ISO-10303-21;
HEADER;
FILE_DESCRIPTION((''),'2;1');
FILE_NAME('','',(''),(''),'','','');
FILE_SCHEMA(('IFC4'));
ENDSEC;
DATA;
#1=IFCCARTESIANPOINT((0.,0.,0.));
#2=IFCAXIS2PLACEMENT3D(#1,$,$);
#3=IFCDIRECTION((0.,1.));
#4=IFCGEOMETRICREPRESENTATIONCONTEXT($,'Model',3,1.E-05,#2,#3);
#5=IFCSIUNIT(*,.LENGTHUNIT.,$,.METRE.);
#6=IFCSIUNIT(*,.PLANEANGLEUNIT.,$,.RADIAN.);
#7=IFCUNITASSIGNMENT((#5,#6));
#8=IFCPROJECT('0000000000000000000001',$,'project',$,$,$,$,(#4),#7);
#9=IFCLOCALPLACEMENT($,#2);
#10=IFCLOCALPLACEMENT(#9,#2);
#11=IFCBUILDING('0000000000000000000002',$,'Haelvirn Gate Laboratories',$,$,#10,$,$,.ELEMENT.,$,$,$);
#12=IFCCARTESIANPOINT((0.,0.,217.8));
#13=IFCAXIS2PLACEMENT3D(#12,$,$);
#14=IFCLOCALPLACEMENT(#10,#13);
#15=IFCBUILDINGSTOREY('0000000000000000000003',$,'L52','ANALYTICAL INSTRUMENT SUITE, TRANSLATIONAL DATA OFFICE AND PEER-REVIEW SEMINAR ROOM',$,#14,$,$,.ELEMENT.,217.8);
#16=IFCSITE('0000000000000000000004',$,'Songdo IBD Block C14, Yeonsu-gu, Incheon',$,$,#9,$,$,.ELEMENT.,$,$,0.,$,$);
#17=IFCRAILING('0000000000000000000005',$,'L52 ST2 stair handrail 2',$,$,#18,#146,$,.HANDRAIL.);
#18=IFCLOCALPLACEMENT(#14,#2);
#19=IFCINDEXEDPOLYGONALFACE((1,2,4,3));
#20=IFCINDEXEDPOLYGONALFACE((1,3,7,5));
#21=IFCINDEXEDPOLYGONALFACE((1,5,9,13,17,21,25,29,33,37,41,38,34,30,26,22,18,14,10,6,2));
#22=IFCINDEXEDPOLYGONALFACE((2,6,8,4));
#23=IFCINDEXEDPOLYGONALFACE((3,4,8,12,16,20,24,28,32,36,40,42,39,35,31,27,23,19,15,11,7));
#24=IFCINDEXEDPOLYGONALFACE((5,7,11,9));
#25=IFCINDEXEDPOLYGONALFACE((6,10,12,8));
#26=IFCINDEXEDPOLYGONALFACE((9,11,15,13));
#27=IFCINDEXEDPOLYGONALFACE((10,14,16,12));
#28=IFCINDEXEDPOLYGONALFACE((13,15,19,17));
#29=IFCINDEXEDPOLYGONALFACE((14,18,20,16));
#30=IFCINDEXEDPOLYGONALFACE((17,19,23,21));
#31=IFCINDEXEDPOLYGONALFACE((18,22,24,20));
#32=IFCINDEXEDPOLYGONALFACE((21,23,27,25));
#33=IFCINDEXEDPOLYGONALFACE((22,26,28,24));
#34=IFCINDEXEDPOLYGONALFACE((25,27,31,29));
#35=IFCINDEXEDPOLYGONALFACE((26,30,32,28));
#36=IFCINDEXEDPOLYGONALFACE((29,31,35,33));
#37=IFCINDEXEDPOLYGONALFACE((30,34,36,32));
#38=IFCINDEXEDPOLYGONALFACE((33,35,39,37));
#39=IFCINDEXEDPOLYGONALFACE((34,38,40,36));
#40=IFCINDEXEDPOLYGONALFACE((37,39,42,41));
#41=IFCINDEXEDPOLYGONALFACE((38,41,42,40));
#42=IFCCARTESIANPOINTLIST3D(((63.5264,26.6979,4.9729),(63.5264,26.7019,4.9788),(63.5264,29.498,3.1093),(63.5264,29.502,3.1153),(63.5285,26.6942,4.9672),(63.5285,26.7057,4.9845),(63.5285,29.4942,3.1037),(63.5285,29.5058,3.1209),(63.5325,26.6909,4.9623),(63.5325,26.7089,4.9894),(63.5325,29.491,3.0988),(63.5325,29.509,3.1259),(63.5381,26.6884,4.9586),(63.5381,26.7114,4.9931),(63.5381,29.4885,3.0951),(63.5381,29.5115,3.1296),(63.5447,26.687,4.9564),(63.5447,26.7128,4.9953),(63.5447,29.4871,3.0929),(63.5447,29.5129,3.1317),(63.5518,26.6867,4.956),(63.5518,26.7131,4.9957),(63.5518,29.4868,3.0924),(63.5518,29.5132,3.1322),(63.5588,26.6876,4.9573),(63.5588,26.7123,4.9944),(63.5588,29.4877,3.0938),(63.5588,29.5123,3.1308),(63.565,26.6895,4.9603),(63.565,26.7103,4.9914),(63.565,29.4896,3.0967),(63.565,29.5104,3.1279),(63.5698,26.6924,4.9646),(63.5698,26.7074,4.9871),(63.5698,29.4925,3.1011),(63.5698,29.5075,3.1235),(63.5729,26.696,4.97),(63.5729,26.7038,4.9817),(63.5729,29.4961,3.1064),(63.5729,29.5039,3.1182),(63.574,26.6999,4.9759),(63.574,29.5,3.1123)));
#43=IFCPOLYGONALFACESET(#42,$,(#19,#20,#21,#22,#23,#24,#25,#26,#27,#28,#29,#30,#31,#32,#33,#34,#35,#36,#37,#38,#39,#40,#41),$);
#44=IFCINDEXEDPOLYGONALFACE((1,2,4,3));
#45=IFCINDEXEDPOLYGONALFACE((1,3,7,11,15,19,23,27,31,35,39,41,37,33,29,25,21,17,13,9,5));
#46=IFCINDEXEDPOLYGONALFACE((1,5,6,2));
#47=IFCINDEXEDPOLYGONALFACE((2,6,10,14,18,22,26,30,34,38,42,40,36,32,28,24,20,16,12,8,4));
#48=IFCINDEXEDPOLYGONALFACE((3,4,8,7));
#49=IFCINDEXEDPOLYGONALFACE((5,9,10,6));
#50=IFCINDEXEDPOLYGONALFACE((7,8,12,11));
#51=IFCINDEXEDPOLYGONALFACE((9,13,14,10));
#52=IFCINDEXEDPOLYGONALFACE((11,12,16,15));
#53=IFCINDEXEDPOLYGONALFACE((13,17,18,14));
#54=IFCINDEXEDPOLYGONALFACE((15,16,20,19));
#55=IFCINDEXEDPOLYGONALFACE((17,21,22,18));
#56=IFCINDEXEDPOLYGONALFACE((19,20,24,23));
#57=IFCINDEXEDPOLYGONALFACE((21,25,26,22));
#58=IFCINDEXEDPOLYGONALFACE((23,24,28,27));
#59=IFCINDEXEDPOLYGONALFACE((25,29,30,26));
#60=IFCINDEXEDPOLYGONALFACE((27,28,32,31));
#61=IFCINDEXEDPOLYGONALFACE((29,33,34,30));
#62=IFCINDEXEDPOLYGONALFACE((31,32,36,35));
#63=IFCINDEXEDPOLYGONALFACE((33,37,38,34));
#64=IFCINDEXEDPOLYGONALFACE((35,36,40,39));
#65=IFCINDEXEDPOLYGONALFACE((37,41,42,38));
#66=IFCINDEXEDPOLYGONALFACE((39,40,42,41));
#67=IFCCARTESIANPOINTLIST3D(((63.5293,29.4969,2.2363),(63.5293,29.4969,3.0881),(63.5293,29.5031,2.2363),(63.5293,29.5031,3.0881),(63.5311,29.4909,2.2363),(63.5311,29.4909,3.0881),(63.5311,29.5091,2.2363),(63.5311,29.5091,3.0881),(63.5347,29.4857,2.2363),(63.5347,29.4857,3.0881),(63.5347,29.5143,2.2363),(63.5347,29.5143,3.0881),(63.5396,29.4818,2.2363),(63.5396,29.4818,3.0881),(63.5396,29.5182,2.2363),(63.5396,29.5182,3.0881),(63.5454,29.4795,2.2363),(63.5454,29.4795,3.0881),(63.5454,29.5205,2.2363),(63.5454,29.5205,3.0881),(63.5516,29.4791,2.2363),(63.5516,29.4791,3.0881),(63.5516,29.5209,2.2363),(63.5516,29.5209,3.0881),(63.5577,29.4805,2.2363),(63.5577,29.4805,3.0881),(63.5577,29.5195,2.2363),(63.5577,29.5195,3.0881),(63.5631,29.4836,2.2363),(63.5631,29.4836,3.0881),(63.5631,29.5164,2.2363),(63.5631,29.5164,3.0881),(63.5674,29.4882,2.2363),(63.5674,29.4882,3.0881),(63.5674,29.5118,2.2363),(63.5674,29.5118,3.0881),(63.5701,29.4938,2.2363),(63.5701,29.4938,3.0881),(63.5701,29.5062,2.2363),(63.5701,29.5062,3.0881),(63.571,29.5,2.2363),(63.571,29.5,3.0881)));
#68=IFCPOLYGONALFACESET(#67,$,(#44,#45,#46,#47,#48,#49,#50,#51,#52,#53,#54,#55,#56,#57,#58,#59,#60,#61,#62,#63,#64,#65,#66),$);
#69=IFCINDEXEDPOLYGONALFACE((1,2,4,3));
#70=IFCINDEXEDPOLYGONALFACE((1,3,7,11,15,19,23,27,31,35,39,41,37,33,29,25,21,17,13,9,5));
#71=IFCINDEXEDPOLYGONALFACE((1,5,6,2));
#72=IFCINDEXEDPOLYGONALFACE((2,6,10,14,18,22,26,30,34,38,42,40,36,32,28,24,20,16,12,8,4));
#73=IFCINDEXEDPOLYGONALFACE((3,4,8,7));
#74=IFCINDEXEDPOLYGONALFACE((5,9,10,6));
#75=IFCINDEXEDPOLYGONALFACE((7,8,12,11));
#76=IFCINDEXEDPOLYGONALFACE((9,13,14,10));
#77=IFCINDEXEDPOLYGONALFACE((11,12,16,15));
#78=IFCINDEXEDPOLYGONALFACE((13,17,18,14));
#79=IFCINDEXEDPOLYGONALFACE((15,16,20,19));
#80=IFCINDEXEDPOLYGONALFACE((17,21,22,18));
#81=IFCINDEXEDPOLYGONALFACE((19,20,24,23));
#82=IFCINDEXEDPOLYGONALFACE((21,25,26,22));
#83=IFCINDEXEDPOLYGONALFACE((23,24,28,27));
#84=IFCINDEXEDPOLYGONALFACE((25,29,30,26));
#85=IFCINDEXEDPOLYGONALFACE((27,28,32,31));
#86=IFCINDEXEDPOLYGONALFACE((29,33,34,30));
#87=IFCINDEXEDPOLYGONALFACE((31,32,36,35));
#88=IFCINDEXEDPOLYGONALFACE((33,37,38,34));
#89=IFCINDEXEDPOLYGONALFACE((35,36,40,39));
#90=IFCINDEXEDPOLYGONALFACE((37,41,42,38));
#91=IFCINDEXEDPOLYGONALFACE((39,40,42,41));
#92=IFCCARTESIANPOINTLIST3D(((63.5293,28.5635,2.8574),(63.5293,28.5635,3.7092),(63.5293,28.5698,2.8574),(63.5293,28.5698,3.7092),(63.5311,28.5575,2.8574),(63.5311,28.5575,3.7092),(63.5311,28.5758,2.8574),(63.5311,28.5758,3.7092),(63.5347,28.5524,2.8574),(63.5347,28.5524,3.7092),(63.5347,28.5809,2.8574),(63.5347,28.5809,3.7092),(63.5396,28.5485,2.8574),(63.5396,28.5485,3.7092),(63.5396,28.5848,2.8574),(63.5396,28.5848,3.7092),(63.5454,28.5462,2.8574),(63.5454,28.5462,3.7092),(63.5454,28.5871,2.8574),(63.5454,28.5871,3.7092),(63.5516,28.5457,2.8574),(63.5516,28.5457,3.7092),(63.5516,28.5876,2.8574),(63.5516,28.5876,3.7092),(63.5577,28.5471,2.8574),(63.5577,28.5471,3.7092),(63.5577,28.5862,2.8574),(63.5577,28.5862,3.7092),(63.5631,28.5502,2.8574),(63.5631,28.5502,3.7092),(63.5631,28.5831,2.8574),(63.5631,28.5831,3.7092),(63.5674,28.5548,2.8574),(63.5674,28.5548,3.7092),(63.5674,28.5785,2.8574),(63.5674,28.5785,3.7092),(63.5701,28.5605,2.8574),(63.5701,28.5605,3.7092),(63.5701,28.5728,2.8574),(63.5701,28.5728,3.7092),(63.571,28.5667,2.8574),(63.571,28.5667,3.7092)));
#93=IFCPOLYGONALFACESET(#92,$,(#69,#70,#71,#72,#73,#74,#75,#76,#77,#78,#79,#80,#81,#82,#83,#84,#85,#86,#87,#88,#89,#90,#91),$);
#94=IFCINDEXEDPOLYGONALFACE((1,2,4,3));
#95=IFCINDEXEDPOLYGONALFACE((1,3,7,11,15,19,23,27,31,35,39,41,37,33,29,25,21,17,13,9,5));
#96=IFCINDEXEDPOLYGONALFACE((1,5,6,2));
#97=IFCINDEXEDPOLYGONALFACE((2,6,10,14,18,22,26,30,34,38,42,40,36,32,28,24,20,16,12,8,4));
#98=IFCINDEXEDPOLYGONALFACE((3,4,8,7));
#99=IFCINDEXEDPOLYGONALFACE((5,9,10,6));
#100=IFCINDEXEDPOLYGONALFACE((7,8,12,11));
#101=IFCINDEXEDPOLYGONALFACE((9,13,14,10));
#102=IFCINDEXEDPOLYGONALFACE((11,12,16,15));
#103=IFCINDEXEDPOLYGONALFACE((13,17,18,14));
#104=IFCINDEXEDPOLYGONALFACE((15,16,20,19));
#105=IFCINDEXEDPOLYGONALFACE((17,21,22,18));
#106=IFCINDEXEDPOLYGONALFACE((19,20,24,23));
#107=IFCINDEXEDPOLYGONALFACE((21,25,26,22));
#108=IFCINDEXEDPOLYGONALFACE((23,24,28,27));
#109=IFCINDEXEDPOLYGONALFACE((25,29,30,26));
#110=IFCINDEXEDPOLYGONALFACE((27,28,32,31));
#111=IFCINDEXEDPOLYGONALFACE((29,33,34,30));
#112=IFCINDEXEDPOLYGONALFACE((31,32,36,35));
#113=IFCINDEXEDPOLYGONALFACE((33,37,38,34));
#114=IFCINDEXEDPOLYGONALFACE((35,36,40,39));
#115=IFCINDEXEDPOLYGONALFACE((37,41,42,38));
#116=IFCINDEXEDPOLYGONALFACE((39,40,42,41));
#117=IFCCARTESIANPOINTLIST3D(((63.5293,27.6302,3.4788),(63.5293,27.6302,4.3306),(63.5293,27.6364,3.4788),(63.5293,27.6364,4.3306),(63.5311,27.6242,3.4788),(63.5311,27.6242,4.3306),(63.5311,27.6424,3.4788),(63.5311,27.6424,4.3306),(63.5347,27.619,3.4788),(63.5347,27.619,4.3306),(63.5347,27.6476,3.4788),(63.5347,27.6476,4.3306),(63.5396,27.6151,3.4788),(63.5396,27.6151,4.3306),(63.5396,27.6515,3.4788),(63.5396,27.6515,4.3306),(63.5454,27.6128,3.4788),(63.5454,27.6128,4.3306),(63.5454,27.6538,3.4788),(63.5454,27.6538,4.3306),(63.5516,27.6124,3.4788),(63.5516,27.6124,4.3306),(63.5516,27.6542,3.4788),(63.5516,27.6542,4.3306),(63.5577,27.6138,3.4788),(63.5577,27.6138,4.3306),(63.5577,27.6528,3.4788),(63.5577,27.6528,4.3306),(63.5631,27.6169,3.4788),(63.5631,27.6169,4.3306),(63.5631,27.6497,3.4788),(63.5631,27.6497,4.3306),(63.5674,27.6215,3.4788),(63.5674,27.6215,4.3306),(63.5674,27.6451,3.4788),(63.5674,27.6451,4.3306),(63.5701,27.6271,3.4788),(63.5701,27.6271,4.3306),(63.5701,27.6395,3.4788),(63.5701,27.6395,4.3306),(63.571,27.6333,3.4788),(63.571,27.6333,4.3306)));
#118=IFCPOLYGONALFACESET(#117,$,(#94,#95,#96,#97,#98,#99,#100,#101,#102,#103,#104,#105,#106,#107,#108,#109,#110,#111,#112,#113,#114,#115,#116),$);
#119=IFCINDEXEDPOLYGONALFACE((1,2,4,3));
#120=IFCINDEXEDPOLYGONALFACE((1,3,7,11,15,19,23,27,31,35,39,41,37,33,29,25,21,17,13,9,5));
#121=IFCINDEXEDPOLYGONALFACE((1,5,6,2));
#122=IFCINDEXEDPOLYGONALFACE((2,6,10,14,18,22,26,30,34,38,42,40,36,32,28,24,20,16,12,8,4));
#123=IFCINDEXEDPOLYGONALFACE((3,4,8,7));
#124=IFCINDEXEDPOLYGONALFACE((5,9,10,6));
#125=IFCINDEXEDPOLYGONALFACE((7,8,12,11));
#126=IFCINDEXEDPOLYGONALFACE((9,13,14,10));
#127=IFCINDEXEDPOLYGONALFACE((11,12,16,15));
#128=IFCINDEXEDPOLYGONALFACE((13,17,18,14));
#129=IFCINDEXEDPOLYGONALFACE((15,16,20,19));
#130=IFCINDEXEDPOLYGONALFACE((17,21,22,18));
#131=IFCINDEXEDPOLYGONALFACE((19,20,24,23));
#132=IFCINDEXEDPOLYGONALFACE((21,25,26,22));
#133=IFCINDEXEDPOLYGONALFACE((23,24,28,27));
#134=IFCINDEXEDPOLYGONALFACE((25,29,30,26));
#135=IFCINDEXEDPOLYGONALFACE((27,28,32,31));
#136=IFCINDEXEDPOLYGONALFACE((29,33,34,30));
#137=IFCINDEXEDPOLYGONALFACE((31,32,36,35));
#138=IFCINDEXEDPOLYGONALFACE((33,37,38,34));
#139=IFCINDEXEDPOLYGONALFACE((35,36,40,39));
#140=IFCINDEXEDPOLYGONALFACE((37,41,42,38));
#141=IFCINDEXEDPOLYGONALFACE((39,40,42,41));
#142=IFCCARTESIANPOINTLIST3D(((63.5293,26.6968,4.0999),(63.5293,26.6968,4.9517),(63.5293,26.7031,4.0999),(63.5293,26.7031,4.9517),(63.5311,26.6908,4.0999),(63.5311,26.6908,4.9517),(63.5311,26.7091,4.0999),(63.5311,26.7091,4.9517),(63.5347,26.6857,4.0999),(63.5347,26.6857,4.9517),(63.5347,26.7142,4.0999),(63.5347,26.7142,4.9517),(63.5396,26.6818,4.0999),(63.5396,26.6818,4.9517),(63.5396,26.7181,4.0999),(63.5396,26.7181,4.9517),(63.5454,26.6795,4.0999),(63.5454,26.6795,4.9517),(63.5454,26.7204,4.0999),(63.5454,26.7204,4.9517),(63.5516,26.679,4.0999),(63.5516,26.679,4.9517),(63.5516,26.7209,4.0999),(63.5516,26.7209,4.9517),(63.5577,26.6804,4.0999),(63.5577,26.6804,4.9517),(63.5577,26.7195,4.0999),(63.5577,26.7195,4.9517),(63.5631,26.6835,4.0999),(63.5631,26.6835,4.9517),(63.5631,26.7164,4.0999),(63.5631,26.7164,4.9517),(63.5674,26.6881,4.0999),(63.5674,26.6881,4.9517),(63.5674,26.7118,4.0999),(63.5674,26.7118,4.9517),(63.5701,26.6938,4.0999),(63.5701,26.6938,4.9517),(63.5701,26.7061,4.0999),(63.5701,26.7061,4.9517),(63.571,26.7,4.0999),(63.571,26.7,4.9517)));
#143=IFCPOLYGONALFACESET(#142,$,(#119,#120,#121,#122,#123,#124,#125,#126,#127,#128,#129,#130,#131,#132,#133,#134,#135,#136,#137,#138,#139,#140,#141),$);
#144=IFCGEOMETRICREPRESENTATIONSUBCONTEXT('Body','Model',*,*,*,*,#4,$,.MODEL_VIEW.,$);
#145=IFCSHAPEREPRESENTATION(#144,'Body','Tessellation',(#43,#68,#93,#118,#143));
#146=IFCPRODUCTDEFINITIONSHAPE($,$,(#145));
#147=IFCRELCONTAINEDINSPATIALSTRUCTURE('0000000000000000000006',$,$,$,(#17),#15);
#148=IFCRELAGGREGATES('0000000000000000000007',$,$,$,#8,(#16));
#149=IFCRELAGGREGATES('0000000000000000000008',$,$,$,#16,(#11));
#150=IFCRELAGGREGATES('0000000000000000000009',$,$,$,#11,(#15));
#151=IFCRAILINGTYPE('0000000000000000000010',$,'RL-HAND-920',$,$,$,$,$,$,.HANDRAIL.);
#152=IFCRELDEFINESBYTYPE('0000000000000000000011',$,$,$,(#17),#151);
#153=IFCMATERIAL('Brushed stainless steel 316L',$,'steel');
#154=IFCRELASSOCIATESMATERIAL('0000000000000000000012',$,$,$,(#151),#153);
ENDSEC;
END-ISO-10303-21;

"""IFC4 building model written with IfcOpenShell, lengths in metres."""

from ifc_helpers import new_model, si_unit, direction, frame, origin, origin_2d, place, context, subcontext, project, spatial, circle, extrude, source, transform, mapped, material, type_object, element, save


model = new_model("IFC4")

# Units and contexts
model_context = context("Model", 3, precision=1e-05, world=origin(), true_north=direction((0.0, 1.0)))
body_context = subcontext(model_context, "Body", "Model", "MODEL_VIEW")
ifc_project = project(units=[si_unit("LENGTHUNIT", "METRE"), si_unit("PLANEANGLEUNIT", "RADIAN")], contexts=[model_context])

# Site, building, storey
site_placement = place(None, origin())
site = spatial("IfcSite", under=ifc_project, at=site_placement, Name="Songdo IBD Block C14, Yeonsu-gu, Incheon", CompositionType="ELEMENT", RefElevation=0.0)
building_placement = place(site_placement, origin())
building = spatial("IfcBuilding", under=site, at=building_placement, Name="Haelvirn Gate Laboratories", CompositionType="ELEMENT")
storey_placement = place(building_placement, frame((0.0, 0.0, 217.8)))
storey = spatial("IfcBuildingStorey", under=building, at=storey_placement, Name="L52", Description="ANALYTICAL INSTRUMENT SUITE, TRANSLATIONAL DATA OFFICE AND PEER-REVIEW SEMINAR ROOM", CompositionType="ELEMENT", Elevation=217.8)

# Railing
ifc_material_1 = material(Name="Brushed stainless steel 316L", Category="steel")
railing_type_1 = type_object("IfcRailingType", Name="RL-HAND-920", PredefinedType="HANDRAIL", material=ifc_material_1)
shared_shape_1 = source(origin(), body_context, "Body", "SweptSolid", [
    extrude(circle(Radius=0.0239, at=origin_2d()), frame((0.0, 0.0, 0.876), z_axis=(0.0, -0.832486, 0.554047), x_axis=(1.0, 0.0, 0.0)), (0.0, 0.0, 1.0), 3.3635),
    extrude(circle(Radius=0.021, at=origin_2d()), origin(), (0.0, 0.0, 1.0), 0.8518),
    extrude(circle(Radius=0.021, at=origin_2d()), frame((0.0, -0.9333, 0.6211)), (0.0, 0.0, 1.0), 0.8518),
    extrude(circle(Radius=0.021, at=origin_2d()), frame((0.0, -1.8667, 1.2424)), (0.0, 0.0, 1.0), 0.8518),
    extrude(circle(Radius=0.021, at=origin_2d()), frame((0.0, -2.8, 1.8635)), (0.0, 0.0, 1.0), 0.8518),
])
railing_1_placement = place(storey_placement, frame((63.55, 29.5, 2.2363)))
element("IfcRailing", 1, at=railing_1_placement, inside=storey, type_object=railing_type_1, Name="L52 ST2 stair handrail 2", PredefinedType="HANDRAIL", context=body_context, shape_type="MappedRepresentation", body=[
    mapped(shared_shape_1, transform((0.0, 0.0, 0.0), scale=1.0)),
])

save(model, "model.ifc")
